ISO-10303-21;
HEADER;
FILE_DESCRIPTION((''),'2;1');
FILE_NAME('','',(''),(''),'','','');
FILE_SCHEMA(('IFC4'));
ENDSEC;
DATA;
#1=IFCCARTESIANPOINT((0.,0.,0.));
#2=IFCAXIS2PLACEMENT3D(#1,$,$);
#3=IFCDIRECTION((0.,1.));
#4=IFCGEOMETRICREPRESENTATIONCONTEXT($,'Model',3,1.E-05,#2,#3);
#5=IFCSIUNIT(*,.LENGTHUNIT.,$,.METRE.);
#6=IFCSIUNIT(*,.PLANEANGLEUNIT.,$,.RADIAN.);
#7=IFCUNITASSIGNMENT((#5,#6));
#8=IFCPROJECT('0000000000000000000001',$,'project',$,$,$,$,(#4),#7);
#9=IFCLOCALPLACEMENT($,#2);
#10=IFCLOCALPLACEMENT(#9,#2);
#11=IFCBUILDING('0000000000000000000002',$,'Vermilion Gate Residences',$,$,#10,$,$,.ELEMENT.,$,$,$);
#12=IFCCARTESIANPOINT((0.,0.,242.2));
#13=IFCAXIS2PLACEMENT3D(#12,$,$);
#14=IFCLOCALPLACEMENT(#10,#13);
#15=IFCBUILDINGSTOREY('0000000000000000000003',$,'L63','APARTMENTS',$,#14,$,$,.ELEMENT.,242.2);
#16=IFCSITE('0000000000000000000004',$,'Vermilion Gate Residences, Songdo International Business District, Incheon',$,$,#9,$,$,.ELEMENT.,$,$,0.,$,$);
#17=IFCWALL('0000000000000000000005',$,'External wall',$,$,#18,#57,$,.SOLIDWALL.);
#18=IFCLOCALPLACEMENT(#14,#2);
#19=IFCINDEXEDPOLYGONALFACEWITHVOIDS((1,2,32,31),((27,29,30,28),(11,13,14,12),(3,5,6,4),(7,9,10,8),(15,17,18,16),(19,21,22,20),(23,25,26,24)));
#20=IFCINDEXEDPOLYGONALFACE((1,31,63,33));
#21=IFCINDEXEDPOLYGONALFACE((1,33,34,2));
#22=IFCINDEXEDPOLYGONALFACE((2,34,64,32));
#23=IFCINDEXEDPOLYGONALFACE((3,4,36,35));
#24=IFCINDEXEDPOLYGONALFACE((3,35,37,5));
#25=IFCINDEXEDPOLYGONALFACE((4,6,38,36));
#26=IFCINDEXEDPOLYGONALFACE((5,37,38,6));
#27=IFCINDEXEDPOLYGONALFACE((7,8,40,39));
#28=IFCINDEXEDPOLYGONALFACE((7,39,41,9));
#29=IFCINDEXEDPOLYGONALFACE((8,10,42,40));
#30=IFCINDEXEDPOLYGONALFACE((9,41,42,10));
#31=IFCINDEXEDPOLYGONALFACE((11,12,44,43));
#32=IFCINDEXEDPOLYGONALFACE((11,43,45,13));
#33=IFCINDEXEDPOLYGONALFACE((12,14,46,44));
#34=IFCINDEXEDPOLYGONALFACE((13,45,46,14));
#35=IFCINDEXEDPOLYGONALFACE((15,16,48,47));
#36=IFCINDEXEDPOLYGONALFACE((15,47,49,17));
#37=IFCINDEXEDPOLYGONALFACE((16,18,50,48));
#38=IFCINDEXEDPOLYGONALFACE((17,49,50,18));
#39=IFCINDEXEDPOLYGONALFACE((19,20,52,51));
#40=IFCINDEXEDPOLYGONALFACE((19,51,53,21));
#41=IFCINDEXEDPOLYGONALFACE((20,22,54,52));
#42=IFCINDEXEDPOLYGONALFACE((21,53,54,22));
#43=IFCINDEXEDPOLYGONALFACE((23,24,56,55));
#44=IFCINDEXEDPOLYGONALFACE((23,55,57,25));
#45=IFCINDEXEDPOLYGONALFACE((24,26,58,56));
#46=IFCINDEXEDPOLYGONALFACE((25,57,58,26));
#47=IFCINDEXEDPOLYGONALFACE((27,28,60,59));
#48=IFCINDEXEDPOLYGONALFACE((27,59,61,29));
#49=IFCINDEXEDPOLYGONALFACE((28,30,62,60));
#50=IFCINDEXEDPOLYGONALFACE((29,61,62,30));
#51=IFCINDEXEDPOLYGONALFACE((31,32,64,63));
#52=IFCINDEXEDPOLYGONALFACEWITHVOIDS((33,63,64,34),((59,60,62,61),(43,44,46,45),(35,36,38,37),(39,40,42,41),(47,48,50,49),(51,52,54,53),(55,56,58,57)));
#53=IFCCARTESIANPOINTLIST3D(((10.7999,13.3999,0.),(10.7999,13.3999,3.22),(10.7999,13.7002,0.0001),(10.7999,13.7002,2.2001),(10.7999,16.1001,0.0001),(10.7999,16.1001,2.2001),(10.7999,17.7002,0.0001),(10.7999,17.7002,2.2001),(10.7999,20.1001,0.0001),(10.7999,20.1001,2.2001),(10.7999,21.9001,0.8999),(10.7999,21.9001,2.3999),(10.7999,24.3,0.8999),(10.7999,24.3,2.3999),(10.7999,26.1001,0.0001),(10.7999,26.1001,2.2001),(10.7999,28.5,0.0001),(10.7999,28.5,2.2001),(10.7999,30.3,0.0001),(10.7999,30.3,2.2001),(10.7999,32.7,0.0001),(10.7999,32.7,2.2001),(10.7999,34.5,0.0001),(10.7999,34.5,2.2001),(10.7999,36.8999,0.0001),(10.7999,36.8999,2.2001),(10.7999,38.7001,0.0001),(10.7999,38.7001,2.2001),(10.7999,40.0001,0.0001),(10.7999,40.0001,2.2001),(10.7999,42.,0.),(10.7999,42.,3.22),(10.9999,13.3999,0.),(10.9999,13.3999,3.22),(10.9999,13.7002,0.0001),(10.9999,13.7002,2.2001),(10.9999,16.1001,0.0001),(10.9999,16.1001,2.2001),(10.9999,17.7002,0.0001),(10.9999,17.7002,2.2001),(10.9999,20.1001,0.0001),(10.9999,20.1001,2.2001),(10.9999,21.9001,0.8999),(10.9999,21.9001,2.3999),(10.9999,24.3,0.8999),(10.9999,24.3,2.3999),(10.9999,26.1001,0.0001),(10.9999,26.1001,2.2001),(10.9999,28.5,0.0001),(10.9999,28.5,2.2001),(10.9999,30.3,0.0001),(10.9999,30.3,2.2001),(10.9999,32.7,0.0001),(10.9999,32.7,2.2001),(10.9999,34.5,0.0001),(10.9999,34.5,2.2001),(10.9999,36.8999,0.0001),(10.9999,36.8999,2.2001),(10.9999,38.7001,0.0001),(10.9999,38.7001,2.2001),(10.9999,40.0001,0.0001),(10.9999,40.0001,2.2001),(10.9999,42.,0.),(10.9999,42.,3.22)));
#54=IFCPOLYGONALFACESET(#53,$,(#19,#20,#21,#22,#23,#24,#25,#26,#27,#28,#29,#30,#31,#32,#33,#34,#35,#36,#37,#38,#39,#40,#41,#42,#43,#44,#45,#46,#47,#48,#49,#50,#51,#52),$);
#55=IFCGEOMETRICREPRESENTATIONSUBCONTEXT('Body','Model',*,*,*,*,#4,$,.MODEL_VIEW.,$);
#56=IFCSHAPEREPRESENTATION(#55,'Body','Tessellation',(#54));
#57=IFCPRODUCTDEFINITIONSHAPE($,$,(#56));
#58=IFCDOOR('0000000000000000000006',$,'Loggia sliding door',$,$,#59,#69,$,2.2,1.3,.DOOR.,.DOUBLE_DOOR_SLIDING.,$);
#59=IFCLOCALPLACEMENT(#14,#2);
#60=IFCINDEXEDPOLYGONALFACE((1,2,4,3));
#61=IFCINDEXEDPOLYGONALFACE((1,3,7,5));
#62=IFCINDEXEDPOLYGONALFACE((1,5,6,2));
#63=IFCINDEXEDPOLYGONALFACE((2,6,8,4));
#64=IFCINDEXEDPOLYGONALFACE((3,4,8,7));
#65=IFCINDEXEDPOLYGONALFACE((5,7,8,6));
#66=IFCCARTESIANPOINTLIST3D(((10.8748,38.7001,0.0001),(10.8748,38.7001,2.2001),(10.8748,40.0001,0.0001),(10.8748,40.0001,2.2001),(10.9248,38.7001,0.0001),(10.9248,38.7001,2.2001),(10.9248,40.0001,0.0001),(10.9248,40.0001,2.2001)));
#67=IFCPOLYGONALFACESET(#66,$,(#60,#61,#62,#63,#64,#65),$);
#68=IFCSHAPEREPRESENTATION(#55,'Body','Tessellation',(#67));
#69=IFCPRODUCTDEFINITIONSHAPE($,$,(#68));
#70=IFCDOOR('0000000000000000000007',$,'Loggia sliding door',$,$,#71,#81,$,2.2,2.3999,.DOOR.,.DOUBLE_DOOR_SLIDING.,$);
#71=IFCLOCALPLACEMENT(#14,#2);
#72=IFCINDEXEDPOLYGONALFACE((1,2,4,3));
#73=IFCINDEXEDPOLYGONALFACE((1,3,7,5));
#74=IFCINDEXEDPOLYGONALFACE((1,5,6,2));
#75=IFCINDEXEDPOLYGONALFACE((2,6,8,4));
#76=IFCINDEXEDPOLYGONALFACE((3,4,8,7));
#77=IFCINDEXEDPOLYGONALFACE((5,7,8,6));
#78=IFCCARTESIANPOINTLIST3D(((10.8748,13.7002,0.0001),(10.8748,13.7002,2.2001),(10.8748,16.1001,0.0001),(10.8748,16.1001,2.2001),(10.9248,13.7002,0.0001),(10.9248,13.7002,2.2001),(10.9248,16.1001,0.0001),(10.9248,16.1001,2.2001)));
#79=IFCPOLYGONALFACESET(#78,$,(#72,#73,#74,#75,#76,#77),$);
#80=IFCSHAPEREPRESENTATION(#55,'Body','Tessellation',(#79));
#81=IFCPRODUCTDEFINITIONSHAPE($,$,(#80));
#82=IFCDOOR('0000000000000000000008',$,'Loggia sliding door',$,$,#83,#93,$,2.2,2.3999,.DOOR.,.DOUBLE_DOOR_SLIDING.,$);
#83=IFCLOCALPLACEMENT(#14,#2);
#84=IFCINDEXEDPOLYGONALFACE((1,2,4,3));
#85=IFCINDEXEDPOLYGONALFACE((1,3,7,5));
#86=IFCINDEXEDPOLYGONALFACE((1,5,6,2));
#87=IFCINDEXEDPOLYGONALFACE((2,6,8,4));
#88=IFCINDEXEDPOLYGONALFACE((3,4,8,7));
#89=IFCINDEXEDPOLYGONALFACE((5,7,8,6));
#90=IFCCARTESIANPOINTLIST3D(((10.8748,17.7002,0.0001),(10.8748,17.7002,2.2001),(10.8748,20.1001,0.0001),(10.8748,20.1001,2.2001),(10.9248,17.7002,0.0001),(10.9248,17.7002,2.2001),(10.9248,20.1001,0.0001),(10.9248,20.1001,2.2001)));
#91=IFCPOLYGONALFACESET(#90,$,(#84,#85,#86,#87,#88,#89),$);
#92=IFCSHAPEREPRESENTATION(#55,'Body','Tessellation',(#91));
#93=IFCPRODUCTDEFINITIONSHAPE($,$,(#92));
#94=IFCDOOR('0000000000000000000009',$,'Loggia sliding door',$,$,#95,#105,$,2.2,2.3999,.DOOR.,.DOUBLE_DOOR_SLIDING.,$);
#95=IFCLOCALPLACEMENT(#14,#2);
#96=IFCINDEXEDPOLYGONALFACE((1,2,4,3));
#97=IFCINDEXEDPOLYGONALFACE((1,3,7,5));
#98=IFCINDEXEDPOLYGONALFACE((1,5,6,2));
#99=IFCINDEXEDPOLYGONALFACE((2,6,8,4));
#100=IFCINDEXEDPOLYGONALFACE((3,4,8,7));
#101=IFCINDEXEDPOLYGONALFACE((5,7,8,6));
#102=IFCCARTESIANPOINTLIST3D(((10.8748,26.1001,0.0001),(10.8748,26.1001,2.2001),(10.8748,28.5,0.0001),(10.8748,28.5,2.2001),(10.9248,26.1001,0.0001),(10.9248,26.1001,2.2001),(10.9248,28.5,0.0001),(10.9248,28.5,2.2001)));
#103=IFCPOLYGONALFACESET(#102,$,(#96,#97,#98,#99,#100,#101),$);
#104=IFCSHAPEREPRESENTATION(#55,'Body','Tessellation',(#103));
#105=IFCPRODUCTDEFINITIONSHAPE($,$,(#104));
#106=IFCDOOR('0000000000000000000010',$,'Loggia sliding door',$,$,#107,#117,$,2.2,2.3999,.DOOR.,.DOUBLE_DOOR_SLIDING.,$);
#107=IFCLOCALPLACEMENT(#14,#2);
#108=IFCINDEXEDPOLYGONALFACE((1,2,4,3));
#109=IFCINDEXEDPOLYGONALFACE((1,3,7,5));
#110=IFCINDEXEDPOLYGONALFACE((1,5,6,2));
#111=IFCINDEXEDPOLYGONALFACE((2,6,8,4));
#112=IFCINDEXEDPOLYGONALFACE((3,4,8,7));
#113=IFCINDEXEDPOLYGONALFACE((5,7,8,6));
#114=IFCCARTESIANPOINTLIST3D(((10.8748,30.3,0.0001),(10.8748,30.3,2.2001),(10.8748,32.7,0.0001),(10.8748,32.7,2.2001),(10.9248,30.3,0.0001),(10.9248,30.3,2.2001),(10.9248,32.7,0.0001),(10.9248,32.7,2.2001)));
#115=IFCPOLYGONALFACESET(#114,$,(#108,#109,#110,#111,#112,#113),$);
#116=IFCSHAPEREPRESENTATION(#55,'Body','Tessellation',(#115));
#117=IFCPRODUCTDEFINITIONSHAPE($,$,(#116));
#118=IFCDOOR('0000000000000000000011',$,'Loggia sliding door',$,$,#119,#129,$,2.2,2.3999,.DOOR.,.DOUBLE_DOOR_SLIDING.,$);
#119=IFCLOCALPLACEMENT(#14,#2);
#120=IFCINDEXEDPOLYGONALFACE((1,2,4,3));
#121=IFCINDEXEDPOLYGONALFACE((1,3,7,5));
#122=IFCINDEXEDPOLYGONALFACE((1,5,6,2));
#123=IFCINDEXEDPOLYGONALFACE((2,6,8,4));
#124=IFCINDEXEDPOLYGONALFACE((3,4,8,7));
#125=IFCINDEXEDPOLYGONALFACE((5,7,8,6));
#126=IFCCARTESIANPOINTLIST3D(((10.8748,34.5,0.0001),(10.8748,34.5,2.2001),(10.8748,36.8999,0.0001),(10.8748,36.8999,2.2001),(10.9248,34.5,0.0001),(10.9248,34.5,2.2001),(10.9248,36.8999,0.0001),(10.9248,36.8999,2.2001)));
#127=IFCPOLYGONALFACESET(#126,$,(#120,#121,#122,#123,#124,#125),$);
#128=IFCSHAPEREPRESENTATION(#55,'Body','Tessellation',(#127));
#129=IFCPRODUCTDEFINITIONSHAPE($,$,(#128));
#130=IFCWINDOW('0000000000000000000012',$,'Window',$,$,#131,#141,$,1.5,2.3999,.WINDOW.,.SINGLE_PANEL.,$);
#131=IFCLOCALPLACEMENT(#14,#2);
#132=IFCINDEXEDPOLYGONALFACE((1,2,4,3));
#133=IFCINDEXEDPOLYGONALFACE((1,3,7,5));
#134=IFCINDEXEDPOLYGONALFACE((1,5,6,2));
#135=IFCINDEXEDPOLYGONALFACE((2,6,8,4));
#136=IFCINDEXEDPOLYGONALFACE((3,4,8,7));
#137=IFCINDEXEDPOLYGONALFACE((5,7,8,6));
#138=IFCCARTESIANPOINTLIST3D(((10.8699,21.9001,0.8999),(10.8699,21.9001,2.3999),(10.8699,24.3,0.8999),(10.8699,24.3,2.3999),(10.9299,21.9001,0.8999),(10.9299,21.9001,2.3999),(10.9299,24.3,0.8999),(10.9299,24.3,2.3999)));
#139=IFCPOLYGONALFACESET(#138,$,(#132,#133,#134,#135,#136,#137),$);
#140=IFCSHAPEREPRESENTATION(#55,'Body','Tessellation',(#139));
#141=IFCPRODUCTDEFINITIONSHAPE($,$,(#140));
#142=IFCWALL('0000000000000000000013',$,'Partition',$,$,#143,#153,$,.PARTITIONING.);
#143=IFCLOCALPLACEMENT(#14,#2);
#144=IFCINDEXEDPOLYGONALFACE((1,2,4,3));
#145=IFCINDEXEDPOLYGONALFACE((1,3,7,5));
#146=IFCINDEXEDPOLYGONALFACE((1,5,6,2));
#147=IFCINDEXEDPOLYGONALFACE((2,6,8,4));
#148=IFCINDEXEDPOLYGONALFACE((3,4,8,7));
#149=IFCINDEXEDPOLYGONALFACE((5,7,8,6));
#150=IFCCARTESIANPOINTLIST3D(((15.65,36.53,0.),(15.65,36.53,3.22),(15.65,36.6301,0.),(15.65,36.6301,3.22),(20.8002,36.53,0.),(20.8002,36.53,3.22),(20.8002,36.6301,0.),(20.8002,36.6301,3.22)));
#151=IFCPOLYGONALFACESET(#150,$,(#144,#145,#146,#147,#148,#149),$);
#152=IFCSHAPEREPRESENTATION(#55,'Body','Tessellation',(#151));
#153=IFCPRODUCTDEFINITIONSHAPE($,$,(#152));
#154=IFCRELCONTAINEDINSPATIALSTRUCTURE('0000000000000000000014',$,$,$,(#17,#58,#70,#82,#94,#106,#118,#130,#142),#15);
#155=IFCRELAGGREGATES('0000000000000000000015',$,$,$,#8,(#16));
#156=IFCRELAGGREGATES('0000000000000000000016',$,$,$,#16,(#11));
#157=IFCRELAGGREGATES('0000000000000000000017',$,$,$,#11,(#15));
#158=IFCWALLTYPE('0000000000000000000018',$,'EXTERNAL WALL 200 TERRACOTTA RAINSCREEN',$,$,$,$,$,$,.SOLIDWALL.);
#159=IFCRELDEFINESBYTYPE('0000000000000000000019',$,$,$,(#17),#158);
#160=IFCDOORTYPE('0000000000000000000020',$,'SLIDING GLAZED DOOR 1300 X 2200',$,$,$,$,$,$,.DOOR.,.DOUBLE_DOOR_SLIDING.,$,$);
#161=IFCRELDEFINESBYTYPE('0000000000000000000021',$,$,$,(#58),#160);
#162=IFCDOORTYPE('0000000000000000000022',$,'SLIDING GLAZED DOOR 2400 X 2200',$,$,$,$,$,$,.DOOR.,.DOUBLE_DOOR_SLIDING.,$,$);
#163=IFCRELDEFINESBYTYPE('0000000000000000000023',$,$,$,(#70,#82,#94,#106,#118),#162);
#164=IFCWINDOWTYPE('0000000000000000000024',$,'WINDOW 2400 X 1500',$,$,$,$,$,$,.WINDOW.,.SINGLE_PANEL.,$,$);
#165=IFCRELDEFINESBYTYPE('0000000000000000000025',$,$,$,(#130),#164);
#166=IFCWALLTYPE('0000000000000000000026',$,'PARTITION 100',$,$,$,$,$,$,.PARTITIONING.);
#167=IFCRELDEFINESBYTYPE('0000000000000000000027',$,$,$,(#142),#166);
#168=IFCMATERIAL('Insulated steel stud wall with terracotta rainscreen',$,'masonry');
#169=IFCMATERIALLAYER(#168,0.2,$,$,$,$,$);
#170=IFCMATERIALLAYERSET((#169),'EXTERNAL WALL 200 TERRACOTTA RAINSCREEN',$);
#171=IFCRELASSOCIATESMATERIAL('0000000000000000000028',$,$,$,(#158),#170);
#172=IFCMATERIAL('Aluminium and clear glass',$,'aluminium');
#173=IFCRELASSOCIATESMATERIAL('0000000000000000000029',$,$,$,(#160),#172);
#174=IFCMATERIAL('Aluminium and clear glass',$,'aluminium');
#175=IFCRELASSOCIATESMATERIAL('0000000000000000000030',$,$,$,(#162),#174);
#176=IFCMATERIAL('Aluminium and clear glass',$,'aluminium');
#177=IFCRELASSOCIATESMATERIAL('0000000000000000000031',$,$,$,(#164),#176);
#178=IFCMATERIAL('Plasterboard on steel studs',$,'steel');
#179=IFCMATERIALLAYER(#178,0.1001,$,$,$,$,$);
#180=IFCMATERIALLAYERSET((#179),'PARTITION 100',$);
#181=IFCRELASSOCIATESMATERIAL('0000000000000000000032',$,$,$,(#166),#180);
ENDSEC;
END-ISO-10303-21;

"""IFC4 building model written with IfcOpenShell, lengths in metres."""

from ifc_helpers import new_model, si_unit, direction, frame, frame_2d, origin, place, context, subcontext, project, spatial, rectangle, extrude, material, layer, layer_set, type_object, element, fill, save


model = new_model("IFC4")

# Units and contexts
model_context = context("Model", 3, precision=1e-05, world=origin(), true_north=direction((0.0, 1.0)))
body_context = subcontext(model_context, "Body", "Model", "MODEL_VIEW")
ifc_project = project(units=[si_unit("LENGTHUNIT", "METRE"), si_unit("PLANEANGLEUNIT", "RADIAN")], contexts=[model_context])

# Site, building, storey
site_placement = place(None, origin())
site = spatial("IfcSite", under=ifc_project, at=site_placement, Name="Vermilion Gate Residences, Songdo International Business District, Incheon", CompositionType="ELEMENT", RefElevation=0.0)
building_placement = place(site_placement, origin())
building = spatial("IfcBuilding", under=site, at=building_placement, Name="Vermilion Gate Residences", CompositionType="ELEMENT")
storey_placement = place(building_placement, frame((0.0, 0.0, 242.2)))
storey = spatial("IfcBuildingStorey", under=building, at=storey_placement, Name="L63", Description="APARTMENTS", CompositionType="ELEMENT", Elevation=242.2)

# Wall, openings, doors, window
ifc_material_1 = material(Name="Insulated steel stud wall with terracotta rainscreen", Category="masonry")
ifc_layer_1 = layer(ifc_material_1, 0.2)
ifc_layer_set_1 = layer_set([ifc_layer_1], Name="EXTERNAL WALL 200 TERRACOTTA RAINSCREEN")
wall_type_1 = type_object("IfcWallType", Name="EXTERNAL WALL 200 TERRACOTTA RAINSCREEN", PredefinedType="SOLIDWALL", material=ifc_layer_set_1)
wall_1_placement = place(storey_placement, frame((10.8999, 42.0, 0.0), z_axis=(0.0, 0.0, 1.0), x_axis=(0.0, -1.0, 0.0)))
wall_1 = element("IfcWall", 1, at=wall_1_placement, inside=storey, type_object=wall_type_1, Name="External wall", PredefinedType="SOLIDWALL", context=body_context, shape_type="SweptSolid", body=[
    extrude(rectangle(XDim=28.6001, YDim=0.2, at=frame_2d((14.3, 0.0))), origin(), (0.0, 0.0, 1.0), 3.22),
])
opening_1_placement = place(wall_1_placement, frame((25.8999, 0.0, 0.0)))
opening_1 = element("IfcOpeningElement", 2, at=opening_1_placement, cuts=wall_1, PredefinedType="OPENING", context=body_context, shape_type="SweptSolid", body=[
    extrude(rectangle(XDim=2.3999, YDim=2.2, at=frame_2d((1.2, 1.1001))), frame((0.0, 0.1099, 0.0), z_axis=(0.0, -1.0, 0.0), x_axis=(1.0, 0.0, 0.0)), (0.0, 0.0, 1.0), 0.22),
])
opening_2_placement = place(wall_1_placement, frame((21.8999, 0.0, 0.0)))
opening_2 = element("IfcOpeningElement", 3, at=opening_2_placement, cuts=wall_1, PredefinedType="OPENING", context=body_context, shape_type="SweptSolid", body=[
    extrude(rectangle(XDim=2.3999, YDim=2.2, at=frame_2d((1.2, 1.1001))), frame((0.0, 0.1099, 0.0), z_axis=(0.0, -1.0, 0.0), x_axis=(1.0, 0.0, 0.0)), (0.0, 0.0, 1.0), 0.22),
])
opening_3_placement = place(wall_1_placement, frame((17.7, 0.0, 0.8999)))
opening_3 = element("IfcOpeningElement", 4, at=opening_3_placement, cuts=wall_1, PredefinedType="OPENING", context=body_context, shape_type="SweptSolid", body=[
    extrude(rectangle(XDim=2.3999, YDim=1.5, at=frame_2d((1.2, 0.75))), frame((0.0, 0.1099, 0.0), z_axis=(0.0, -1.0, 0.0), x_axis=(1.0, 0.0, 0.0)), (0.0, 0.0, 1.0), 0.22),
])
opening_4_placement = place(wall_1_placement, frame((13.5, 0.0, 0.0)))
opening_4 = element("IfcOpeningElement", 5, at=opening_4_placement, cuts=wall_1, PredefinedType="OPENING", context=body_context, shape_type="SweptSolid", body=[
    extrude(rectangle(XDim=2.3999, YDim=2.2, at=frame_2d((1.2, 1.1001))), frame((0.0, 0.1099, 0.0), z_axis=(0.0, -1.0, 0.0), x_axis=(1.0, 0.0, 0.0)), (0.0, 0.0, 1.0), 0.22),
])
opening_5_placement = place(wall_1_placement, frame((9.3, 0.0, 0.0)))
opening_5 = element("IfcOpeningElement", 6, at=opening_5_placement, cuts=wall_1, PredefinedType="OPENING", context=body_context, shape_type="SweptSolid", body=[
    extrude(rectangle(XDim=2.3999, YDim=2.2, at=frame_2d((1.2, 1.1001))), frame((0.0, 0.1099, 0.0), z_axis=(0.0, -1.0, 0.0), x_axis=(1.0, 0.0, 0.0)), (0.0, 0.0, 1.0), 0.22),
])
opening_6_placement = place(wall_1_placement, frame((5.1001, 0.0, 0.0)))
opening_6 = element("IfcOpeningElement", 7, at=opening_6_placement, cuts=wall_1, PredefinedType="OPENING", context=body_context, shape_type="SweptSolid", body=[
    extrude(rectangle(XDim=2.3999, YDim=2.2, at=frame_2d((1.2, 1.1001))), frame((0.0, 0.1099, 0.0), z_axis=(0.0, -1.0, 0.0), x_axis=(1.0, 0.0, 0.0)), (0.0, 0.0, 1.0), 0.22),
])
opening_7_placement = place(wall_1_placement, frame((2.0, 0.0, 0.0)))
opening_7 = element("IfcOpeningElement", 8, at=opening_7_placement, cuts=wall_1, PredefinedType="OPENING", context=body_context, shape_type="SweptSolid", body=[
    extrude(rectangle(XDim=1.3, YDim=2.2, at=frame_2d((0.6499, 1.1001))), frame((0.0, 0.1099, 0.0), z_axis=(0.0, -1.0, 0.0), x_axis=(1.0, 0.0, 0.0)), (0.0, 0.0, 1.0), 0.22),
])
ifc_material_2 = material(Name="Aluminium and clear glass", Category="aluminium")
door_type_1 = type_object("IfcDoorType", Name="SLIDING GLAZED DOOR 1300 X 2200", OperationType="DOUBLE_DOOR_SLIDING", PredefinedType="DOOR", material=ifc_material_2)
door_1_placement = place(opening_7_placement, origin())
door_1 = element("IfcDoor", 9, at=door_1_placement, inside=storey, type_object=door_type_1, Name="Loggia sliding door", OperationType="DOUBLE_DOOR_SLIDING", OverallHeight=2.2, OverallWidth=1.3, PredefinedType="DOOR", context=body_context, shape_type="SweptSolid", body=[
    extrude(rectangle(XDim=1.3, YDim=2.2, at=frame_2d((0.6499, 1.1001))), frame((0.0, 0.0249, 0.0), z_axis=(0.0, -1.0, 0.0), x_axis=(1.0, 0.0, 0.0)), (0.0, 0.0, 1.0), 0.05),
])
fill(opening_7, door_1)
ifc_material_3 = material(Name="Aluminium and clear glass", Category="aluminium")
door_type_2 = type_object("IfcDoorType", Name="SLIDING GLAZED DOOR 2400 X 2200", OperationType="DOUBLE_DOOR_SLIDING", PredefinedType="DOOR", material=ifc_material_3)
door_2_placement = place(opening_1_placement, origin())
door_2 = element("IfcDoor", 10, at=door_2_placement, inside=storey, type_object=door_type_2, Name="Loggia sliding door", OperationType="DOUBLE_DOOR_SLIDING", OverallHeight=2.2, OverallWidth=2.3999, PredefinedType="DOOR", context=body_context, shape_type="SweptSolid", body=[
    extrude(rectangle(XDim=2.3999, YDim=2.2, at=frame_2d((1.2, 1.1001))), frame((0.0, 0.0249, 0.0), z_axis=(0.0, -1.0, 0.0), x_axis=(1.0, 0.0, 0.0)), (0.0, 0.0, 1.0), 0.05),
])
fill(opening_1, door_2)
door_3_placement = place(opening_2_placement, origin())
door_3 = element("IfcDoor", 11, at=door_3_placement, inside=storey, type_object=door_type_2, Name="Loggia sliding door", OperationType="DOUBLE_DOOR_SLIDING", OverallHeight=2.2, OverallWidth=2.3999, PredefinedType="DOOR", context=body_context, shape_type="SweptSolid", body=[
    extrude(rectangle(XDim=2.3999, YDim=2.2, at=frame_2d((1.2, 1.1001))), frame((0.0, 0.0249, 0.0), z_axis=(0.0, -1.0, 0.0), x_axis=(1.0, 0.0, 0.0)), (0.0, 0.0, 1.0), 0.05),
])
fill(opening_2, door_3)
door_4_placement = place(opening_4_placement, origin())
door_4 = element("IfcDoor", 12, at=door_4_placement, inside=storey, type_object=door_type_2, Name="Loggia sliding door", OperationType="DOUBLE_DOOR_SLIDING", OverallHeight=2.2, OverallWidth=2.3999, PredefinedType="DOOR", context=body_context, shape_type="SweptSolid", body=[
    extrude(rectangle(XDim=2.3999, YDim=2.2, at=frame_2d((1.2, 1.1001))), frame((0.0, 0.0249, 0.0), z_axis=(0.0, -1.0, 0.0), x_axis=(1.0, 0.0, 0.0)), (0.0, 0.0, 1.0), 0.05),
])
fill(opening_4, door_4)
door_5_placement = place(opening_5_placement, origin())
door_5 = element("IfcDoor", 13, at=door_5_placement, inside=storey, type_object=door_type_2, Name="Loggia sliding door", OperationType="DOUBLE_DOOR_SLIDING", OverallHeight=2.2, OverallWidth=2.3999, PredefinedType="DOOR", context=body_context, shape_type="SweptSolid", body=[
    extrude(rectangle(XDim=2.3999, YDim=2.2, at=frame_2d((1.2, 1.1001))), frame((0.0, 0.0249, 0.0), z_axis=(0.0, -1.0, 0.0), x_axis=(1.0, 0.0, 0.0)), (0.0, 0.0, 1.0), 0.05),
])
fill(opening_5, door_5)
door_6_placement = place(opening_6_placement, origin())
door_6 = element("IfcDoor", 14, at=door_6_placement, inside=storey, type_object=door_type_2, Name="Loggia sliding door", OperationType="DOUBLE_DOOR_SLIDING", OverallHeight=2.2, OverallWidth=2.3999, PredefinedType="DOOR", context=body_context, shape_type="SweptSolid", body=[
    extrude(rectangle(XDim=2.3999, YDim=2.2, at=frame_2d((1.2, 1.1001))), frame((0.0, 0.0249, 0.0), z_axis=(0.0, -1.0, 0.0), x_axis=(1.0, 0.0, 0.0)), (0.0, 0.0, 1.0), 0.05),
])
fill(opening_6, door_6)
ifc_material_4 = material(Name="Aluminium and clear glass", Category="aluminium")
window_type = type_object("IfcWindowType", Name="WINDOW 2400 X 1500", PartitioningType="SINGLE_PANEL", PredefinedType="WINDOW", material=ifc_material_4)
window_placement = place(opening_3_placement, origin())
window = element("IfcWindow", 15, at=window_placement, inside=storey, type_object=window_type, Name="Window", OverallHeight=1.5, OverallWidth=2.3999, PartitioningType="SINGLE_PANEL", PredefinedType="WINDOW", context=body_context, shape_type="SweptSolid", body=[
    extrude(rectangle(XDim=2.3999, YDim=1.5, at=frame_2d((1.2, 0.75))), frame((0.0, 0.03, 0.0), z_axis=(0.0, -1.0, 0.0), x_axis=(1.0, 0.0, 0.0)), (0.0, 0.0, 1.0), 0.0601),
])
fill(opening_3, window)

# Wall
ifc_material_5 = material(Name="Plasterboard on steel studs", Category="steel")
ifc_layer_2 = layer(ifc_material_5, 0.1001)
ifc_layer_set_2 = layer_set([ifc_layer_2], Name="PARTITION 100")
wall_type_2 = type_object("IfcWallType", Name="PARTITION 100", PredefinedType="PARTITIONING", material=ifc_layer_set_2)
wall_2_placement = place(storey_placement, frame((15.6499, 36.5801, 0.0), z_axis=(0.0, 0.0, 1.0), x_axis=(1.0, 0.0, 0.0)))
element("IfcWall", 16, at=wall_2_placement, inside=storey, type_object=wall_type_2, Name="Partition", PredefinedType="PARTITIONING", context=body_context, shape_type="SweptSolid", body=[
    extrude(rectangle(XDim=5.1501, YDim=0.1001, at=frame_2d((2.5752, 0.0))), origin(), (0.0, 0.0, 1.0), 3.22),
])

save(model, "model.ifc")
